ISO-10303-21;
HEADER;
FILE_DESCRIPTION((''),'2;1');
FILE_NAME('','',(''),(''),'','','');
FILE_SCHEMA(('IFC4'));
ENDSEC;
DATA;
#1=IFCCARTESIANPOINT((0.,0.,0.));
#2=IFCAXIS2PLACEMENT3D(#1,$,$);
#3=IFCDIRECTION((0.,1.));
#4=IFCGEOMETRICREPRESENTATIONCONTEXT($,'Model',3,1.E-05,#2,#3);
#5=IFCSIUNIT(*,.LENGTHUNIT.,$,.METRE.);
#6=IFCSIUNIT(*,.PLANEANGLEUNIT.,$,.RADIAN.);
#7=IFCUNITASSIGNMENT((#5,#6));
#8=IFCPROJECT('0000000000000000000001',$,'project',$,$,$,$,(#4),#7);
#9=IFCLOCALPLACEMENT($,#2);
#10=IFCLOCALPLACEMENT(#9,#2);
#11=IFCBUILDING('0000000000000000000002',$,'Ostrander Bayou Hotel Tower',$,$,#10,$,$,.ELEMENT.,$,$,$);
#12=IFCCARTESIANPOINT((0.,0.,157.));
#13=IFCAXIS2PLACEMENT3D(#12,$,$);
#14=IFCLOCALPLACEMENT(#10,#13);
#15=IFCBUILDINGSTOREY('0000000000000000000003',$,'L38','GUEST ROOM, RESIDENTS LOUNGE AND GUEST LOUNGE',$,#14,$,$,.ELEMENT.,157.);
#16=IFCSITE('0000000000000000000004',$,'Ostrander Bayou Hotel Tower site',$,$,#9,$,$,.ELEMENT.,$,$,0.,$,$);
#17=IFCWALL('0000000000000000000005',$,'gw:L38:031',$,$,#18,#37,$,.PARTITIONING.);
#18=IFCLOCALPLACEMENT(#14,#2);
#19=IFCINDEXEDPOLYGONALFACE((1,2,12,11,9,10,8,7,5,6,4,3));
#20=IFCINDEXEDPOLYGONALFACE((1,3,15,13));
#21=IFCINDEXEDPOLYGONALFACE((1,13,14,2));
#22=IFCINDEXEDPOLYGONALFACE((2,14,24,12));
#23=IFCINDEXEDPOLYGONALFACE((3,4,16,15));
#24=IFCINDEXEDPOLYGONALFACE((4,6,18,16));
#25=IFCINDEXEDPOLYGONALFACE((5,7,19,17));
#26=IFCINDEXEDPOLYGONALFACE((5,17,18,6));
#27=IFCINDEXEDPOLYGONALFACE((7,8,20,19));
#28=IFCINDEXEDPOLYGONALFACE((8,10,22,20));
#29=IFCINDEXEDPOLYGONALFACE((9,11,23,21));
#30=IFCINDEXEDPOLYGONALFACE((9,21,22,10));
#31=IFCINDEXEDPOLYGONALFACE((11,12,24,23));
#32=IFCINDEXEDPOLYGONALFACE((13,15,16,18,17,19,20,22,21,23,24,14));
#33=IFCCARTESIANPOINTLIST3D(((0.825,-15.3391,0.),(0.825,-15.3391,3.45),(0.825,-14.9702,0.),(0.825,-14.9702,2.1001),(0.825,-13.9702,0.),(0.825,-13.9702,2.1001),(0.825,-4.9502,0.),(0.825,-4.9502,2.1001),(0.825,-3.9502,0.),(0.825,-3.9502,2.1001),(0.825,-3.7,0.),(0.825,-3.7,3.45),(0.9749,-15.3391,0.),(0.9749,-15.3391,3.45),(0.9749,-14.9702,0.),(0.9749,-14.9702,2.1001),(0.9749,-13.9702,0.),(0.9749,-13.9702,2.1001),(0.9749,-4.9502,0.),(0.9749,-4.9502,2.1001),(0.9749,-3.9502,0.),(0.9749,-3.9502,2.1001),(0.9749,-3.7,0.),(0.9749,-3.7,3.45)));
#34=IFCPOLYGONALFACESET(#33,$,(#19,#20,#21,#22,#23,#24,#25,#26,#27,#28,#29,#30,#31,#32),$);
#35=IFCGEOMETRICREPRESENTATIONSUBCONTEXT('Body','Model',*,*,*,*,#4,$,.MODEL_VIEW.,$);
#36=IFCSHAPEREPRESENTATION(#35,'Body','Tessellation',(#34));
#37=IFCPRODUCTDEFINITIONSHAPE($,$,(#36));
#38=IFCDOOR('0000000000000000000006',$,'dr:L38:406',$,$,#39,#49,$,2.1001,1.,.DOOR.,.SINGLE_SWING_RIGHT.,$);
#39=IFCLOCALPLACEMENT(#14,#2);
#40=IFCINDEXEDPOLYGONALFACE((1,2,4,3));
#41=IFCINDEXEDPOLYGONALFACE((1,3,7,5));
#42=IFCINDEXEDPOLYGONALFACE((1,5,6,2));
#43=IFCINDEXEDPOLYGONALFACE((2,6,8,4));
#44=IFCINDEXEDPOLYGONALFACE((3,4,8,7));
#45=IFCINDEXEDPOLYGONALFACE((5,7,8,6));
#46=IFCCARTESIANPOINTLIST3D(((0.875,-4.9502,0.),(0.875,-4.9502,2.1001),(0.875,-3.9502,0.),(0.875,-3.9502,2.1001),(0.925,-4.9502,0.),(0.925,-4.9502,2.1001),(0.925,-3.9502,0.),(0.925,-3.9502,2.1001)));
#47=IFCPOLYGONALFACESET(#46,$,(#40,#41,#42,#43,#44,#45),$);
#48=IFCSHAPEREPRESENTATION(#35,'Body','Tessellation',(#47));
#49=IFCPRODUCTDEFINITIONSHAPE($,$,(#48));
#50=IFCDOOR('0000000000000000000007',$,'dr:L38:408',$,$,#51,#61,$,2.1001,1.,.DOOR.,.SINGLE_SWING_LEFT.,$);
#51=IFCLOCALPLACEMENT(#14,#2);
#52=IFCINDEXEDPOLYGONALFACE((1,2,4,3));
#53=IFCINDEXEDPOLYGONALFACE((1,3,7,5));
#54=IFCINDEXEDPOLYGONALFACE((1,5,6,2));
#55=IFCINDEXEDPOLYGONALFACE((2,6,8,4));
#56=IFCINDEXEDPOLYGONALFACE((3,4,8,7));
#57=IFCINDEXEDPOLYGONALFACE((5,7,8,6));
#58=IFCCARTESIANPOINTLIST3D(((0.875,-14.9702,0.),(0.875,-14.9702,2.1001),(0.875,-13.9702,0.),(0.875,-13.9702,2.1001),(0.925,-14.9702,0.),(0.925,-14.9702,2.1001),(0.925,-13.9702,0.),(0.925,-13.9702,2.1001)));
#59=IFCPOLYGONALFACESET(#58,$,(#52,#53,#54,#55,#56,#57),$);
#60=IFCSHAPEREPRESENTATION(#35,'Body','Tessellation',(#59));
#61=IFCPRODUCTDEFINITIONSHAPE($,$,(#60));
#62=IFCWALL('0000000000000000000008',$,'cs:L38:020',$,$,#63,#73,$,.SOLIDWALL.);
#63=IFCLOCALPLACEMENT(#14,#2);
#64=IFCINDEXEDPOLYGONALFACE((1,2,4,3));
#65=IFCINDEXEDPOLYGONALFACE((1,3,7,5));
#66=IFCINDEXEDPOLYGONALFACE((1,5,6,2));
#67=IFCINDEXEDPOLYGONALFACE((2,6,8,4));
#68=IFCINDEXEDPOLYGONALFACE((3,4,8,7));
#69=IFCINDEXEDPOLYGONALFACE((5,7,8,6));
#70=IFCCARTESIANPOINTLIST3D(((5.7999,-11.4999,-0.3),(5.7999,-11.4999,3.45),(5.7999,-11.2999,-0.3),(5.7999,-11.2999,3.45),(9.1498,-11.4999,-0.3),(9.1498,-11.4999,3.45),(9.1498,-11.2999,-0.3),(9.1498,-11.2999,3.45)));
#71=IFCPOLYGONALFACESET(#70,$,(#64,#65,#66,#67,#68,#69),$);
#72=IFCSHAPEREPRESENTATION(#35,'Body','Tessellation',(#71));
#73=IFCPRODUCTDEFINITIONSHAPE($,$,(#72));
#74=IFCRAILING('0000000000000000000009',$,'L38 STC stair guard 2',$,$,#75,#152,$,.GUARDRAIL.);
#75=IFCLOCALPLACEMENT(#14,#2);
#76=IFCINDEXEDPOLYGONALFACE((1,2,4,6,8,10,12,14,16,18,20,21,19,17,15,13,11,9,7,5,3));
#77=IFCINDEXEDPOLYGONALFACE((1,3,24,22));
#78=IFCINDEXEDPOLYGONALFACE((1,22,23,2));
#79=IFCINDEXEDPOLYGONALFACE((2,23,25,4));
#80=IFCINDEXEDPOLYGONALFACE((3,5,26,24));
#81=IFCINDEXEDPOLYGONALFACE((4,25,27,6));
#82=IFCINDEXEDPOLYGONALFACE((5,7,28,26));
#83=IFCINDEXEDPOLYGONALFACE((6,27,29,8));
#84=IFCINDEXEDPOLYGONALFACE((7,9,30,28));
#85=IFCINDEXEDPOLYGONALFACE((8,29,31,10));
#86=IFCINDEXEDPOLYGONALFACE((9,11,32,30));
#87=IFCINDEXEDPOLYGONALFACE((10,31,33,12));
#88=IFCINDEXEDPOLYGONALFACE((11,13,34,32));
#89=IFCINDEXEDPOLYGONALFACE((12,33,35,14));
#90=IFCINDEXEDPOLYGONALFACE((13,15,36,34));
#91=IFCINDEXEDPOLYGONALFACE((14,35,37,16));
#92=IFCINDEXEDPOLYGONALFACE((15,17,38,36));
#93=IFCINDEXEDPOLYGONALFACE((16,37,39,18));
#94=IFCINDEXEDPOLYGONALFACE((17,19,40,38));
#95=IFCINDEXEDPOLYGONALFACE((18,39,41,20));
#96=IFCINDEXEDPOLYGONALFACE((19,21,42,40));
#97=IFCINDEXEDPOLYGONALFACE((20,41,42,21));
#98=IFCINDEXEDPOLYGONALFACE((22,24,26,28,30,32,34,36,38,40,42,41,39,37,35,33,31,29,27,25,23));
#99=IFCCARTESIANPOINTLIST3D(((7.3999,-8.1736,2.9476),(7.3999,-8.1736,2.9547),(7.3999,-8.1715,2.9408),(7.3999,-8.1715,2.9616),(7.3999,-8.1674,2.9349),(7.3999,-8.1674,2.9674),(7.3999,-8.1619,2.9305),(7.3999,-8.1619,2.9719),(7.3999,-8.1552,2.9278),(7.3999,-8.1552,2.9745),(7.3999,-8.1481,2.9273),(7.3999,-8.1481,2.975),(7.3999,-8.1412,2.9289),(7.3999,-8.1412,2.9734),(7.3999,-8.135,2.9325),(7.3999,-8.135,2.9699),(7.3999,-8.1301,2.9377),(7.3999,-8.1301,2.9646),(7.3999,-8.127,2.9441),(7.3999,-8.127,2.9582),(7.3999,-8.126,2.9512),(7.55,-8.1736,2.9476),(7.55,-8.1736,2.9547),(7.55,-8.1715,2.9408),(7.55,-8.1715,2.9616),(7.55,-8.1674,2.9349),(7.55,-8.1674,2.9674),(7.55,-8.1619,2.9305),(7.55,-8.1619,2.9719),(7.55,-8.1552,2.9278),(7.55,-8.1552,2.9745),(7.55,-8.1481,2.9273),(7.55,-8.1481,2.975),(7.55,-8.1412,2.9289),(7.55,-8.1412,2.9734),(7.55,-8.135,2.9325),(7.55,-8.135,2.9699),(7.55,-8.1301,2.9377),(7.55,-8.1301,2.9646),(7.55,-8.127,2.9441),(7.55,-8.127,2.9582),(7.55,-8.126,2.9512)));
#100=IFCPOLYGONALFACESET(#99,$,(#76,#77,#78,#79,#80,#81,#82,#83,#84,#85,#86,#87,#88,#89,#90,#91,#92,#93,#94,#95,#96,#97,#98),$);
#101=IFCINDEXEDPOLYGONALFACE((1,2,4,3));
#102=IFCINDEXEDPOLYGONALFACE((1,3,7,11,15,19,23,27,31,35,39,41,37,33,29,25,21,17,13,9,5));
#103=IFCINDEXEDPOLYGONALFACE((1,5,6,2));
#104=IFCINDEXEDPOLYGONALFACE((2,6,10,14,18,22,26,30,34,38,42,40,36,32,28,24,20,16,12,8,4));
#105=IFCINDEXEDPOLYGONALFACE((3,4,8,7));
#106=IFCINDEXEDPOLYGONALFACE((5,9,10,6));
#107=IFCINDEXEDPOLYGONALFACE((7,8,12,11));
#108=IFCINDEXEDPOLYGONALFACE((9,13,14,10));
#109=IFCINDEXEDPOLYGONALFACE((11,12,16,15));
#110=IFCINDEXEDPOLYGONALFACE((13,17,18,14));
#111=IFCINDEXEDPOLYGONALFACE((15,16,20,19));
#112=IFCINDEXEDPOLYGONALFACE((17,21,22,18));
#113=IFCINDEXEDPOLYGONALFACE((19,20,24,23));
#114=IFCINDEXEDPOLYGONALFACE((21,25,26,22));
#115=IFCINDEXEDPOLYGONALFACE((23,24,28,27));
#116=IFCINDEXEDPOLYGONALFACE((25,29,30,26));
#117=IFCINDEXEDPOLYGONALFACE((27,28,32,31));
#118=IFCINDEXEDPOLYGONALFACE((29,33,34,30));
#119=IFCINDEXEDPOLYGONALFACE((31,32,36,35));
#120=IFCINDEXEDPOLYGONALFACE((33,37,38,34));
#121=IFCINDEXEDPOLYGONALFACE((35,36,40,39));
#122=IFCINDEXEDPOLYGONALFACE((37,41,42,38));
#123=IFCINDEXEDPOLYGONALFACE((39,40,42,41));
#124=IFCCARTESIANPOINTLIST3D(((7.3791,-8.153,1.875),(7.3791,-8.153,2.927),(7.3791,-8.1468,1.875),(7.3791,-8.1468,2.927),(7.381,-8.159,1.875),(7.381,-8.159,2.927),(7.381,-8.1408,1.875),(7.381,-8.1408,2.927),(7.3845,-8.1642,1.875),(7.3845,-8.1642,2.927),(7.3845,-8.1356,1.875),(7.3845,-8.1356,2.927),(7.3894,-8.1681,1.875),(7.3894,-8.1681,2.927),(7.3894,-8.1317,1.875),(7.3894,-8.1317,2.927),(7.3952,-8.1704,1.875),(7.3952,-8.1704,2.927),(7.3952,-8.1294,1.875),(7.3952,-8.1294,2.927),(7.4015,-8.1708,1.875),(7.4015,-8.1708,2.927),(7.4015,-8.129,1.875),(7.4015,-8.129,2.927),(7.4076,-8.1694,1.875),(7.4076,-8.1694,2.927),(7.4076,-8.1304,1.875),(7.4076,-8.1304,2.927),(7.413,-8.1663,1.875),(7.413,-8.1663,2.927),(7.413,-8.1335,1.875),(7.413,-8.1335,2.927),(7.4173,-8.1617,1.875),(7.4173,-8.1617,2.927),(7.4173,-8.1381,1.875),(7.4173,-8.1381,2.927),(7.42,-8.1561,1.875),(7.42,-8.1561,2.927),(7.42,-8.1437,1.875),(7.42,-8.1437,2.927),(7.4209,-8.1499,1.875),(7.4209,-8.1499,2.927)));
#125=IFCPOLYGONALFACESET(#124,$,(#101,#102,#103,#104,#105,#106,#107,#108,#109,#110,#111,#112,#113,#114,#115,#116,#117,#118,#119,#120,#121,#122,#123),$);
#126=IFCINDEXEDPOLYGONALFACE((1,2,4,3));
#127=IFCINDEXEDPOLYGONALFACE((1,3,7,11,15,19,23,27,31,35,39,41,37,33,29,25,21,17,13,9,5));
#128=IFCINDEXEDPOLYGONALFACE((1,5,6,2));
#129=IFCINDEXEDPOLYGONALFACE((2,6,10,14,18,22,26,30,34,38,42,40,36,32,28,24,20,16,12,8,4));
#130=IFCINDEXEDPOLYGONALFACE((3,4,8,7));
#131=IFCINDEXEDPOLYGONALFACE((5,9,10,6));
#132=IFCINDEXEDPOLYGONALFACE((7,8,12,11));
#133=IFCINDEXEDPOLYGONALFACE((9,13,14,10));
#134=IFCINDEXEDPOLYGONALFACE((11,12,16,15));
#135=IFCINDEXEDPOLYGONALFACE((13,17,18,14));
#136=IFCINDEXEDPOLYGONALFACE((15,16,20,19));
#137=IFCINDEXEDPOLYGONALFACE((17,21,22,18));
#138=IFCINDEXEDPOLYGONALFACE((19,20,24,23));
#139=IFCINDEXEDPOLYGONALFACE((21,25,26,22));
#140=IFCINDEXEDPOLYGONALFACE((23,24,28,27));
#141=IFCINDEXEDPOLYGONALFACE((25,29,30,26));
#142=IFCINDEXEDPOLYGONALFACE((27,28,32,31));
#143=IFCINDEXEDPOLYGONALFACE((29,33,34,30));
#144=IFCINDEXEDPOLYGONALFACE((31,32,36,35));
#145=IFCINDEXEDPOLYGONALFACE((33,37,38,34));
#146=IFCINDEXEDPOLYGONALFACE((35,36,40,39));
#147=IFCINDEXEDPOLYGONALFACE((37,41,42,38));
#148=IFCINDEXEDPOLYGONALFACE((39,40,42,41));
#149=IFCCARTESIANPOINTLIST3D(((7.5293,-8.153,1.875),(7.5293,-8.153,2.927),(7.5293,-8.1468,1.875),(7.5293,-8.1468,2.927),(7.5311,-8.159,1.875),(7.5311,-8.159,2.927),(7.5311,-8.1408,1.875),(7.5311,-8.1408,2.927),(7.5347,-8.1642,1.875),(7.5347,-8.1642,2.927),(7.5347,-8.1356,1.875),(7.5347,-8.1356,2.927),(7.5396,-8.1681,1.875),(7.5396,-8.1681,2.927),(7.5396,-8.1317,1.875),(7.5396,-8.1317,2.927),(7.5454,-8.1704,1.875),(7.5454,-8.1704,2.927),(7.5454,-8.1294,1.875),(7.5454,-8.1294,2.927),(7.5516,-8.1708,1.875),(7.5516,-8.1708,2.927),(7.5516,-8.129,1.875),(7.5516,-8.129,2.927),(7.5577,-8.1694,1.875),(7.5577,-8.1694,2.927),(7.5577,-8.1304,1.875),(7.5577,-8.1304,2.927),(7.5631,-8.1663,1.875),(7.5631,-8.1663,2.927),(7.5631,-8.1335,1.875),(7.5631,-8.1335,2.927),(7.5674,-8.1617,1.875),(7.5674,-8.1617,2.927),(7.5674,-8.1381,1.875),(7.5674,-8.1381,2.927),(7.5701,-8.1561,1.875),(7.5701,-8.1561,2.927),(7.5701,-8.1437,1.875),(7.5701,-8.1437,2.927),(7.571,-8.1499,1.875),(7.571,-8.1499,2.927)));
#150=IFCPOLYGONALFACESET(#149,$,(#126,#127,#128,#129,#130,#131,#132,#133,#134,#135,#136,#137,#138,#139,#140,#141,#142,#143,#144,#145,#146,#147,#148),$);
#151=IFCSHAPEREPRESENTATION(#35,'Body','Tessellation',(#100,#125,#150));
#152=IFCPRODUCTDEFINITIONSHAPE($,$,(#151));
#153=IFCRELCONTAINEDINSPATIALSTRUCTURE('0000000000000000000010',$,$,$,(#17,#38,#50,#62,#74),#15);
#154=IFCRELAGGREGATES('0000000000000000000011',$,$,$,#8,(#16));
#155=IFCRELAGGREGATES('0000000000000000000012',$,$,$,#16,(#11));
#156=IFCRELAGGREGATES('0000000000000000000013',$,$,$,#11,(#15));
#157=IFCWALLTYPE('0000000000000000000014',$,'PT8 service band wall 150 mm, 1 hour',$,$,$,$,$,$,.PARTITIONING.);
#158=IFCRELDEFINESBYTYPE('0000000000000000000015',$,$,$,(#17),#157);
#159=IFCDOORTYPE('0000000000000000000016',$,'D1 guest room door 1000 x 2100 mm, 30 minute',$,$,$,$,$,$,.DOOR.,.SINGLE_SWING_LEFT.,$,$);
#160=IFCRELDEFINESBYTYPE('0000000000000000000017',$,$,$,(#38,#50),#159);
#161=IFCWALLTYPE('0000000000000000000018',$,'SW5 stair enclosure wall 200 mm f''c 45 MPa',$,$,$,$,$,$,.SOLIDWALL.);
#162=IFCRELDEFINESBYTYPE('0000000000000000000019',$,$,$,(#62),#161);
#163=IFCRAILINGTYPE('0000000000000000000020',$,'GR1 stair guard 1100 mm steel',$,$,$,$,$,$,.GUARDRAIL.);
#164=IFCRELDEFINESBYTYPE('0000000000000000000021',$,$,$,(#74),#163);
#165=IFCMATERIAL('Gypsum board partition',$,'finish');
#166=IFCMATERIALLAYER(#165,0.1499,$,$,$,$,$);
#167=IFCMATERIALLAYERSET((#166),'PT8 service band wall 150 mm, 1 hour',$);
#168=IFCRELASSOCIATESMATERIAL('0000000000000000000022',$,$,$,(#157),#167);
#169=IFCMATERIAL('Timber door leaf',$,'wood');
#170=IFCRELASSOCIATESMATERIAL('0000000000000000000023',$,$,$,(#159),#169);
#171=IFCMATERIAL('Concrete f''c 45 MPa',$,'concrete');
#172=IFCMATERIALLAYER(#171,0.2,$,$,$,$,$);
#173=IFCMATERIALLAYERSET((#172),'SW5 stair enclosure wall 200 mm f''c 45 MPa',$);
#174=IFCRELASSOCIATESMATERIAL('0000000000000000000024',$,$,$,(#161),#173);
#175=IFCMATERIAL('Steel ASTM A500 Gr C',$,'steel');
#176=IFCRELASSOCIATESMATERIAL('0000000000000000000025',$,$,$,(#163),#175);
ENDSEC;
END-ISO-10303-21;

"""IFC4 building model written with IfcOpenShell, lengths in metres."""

from ifc_helpers import new_model, si_unit, direction, frame, frame_2d, origin, origin_2d, place, context, subcontext, project, spatial, rectangle, circle, extrude, material, layer, layer_set, type_object, element, fill, save


model = new_model("IFC4")

# Units and contexts
model_context = context("Model", 3, precision=1e-05, world=origin(), true_north=direction((0.0, 1.0)))
body_context = subcontext(model_context, "Body", "Model", "MODEL_VIEW")
ifc_project = project(units=[si_unit("LENGTHUNIT", "METRE"), si_unit("PLANEANGLEUNIT", "RADIAN")], contexts=[model_context])

# Site, building, storey
site_placement = place(None, origin())
site = spatial("IfcSite", under=ifc_project, at=site_placement, Name="Ostrander Bayou Hotel Tower site", CompositionType="ELEMENT", RefElevation=0.0)
building_placement = place(site_placement, origin())
building = spatial("IfcBuilding", under=site, at=building_placement, Name="Ostrander Bayou Hotel Tower", CompositionType="ELEMENT")
storey_placement = place(building_placement, frame((0.0, 0.0, 157.0)))
storey = spatial("IfcBuildingStorey", under=building, at=storey_placement, Name="L38", Description="GUEST ROOM, RESIDENTS LOUNGE AND GUEST LOUNGE", CompositionType="ELEMENT", Elevation=157.0)

# Shared definitions
ifc_material_1 = material(Name="Gypsum board partition", Category="finish")
ifc_layer_1 = layer(ifc_material_1, 0.1499)
ifc_layer_set_1 = layer_set([ifc_layer_1], Name="PT8 service band wall 150 mm, 1 hour")
wall_type_1 = type_object("IfcWallType", Name="PT8 service band wall 150 mm, 1 hour", PredefinedType="PARTITIONING", material=ifc_layer_set_1)

# Wall, openings, doors
wall_1_placement = place(storey_placement, frame((0.8999, -15.3391, 0.0), z_axis=(0.0, 0.0, 1.0), x_axis=(0.0, 1.0, 0.0)))
wall_1 = element("IfcWall", 1, at=wall_1_placement, inside=storey, type_object=wall_type_1, Name="gw:L38:031", PredefinedType="PARTITIONING", context=body_context, shape_type="SweptSolid", body=[
    extrude(rectangle(XDim=11.6392, YDim=0.1499, at=frame_2d((5.8196, 0.0))), origin(), (0.0, 0.0, 1.0), 3.45),
])
opening_1_placement = place(wall_1_placement, frame((10.3889, 0.0, 0.0)))
opening_1 = element("IfcOpeningElement", 2, at=opening_1_placement, cuts=wall_1, PredefinedType="OPENING", context=body_context, shape_type="SweptSolid", body=[
    extrude(rectangle(XDim=1.0, YDim=2.1001, at=frame_2d((0.5, 1.05))), frame((0.0, 0.075, 0.0), z_axis=(0.0, -1.0, 0.0), x_axis=(1.0, 0.0, 0.0)), (0.0, 0.0, 1.0), 0.1499),
])
opening_2_placement = place(wall_1_placement, frame((0.3689, 0.0, 0.0)))
opening_2 = element("IfcOpeningElement", 3, at=opening_2_placement, cuts=wall_1, PredefinedType="OPENING", context=body_context, shape_type="SweptSolid", body=[
    extrude(rectangle(XDim=1.0, YDim=2.1001, at=frame_2d((0.5, 1.05))), frame((0.0, 0.075, 0.0), z_axis=(0.0, -1.0, 0.0), x_axis=(1.0, 0.0, 0.0)), (0.0, 0.0, 1.0), 0.1499),
])
ifc_material_2 = material(Name="Timber door leaf", Category="wood")
door_type_1 = type_object("IfcDoorType", Name="D1 guest room door 1000 x 2100 mm, 30 minute", OperationType="SINGLE_SWING_LEFT", PredefinedType="DOOR", material=ifc_material_2)
door_1_placement = place(opening_1_placement, origin())
door_1 = element("IfcDoor", 4, at=door_1_placement, inside=storey, type_object=door_type_1, Name="dr:L38:406", OperationType="SINGLE_SWING_RIGHT", OverallHeight=2.1001, OverallWidth=1.0, PredefinedType="DOOR", context=body_context, shape_type="SweptSolid", body=[
    extrude(rectangle(XDim=1.0, YDim=2.1001, at=frame_2d((0.5, 1.05))), frame((0.0, 0.0249, 0.0), z_axis=(0.0, -1.0, 0.0), x_axis=(1.0, 0.0, 0.0)), (0.0, 0.0, 1.0), 0.05),
])
fill(opening_1, door_1)
door_2_placement = place(opening_2_placement, origin())
door_2 = element("IfcDoor", 5, at=door_2_placement, inside=storey, type_object=door_type_1, Name="dr:L38:408", OperationType="SINGLE_SWING_LEFT", OverallHeight=2.1001, OverallWidth=1.0, PredefinedType="DOOR", context=body_context, shape_type="SweptSolid", body=[
    extrude(rectangle(XDim=1.0, YDim=2.1001, at=frame_2d((0.5, 1.05))), frame((0.0, 0.0249, 0.0), z_axis=(0.0, -1.0, 0.0), x_axis=(1.0, 0.0, 0.0)), (0.0, 0.0, 1.0), 0.05),
])
fill(opening_2, door_2)

# Wall
ifc_material_3 = material(Name="Concrete f'c 45 MPa", Category="concrete")
ifc_layer_2 = layer(ifc_material_3, 0.2)
ifc_layer_set_2 = layer_set([ifc_layer_2], Name="SW5 stair enclosure wall 200 mm f'c 45 MPa")
wall_type_2 = type_object("IfcWallType", Name="SW5 stair enclosure wall 200 mm f'c 45 MPa", PredefinedType="SOLIDWALL", material=ifc_layer_set_2)
wall_2_placement = place(storey_placement, frame((5.8, -11.3999, -0.3), z_axis=(0.0, 0.0, 1.0), x_axis=(1.0, 0.0, 0.0)))
element("IfcWall", 6, at=wall_2_placement, inside=storey, type_object=wall_type_2, Name="cs:L38:020", PredefinedType="SOLIDWALL", context=body_context, shape_type="SweptSolid", body=[
    extrude(rectangle(XDim=3.3499, YDim=0.2, at=frame_2d((1.6748, 0.0))), origin(), (0.0, 0.0, 1.0), 3.75),
])

# Railing
ifc_material_4 = material(Name="Steel ASTM A500 Gr C", Category="steel")
railing_type = type_object("IfcRailingType", Name="GR1 stair guard 1100 mm steel", PredefinedType="GUARDRAIL", material=ifc_material_4)
railing_placement = place(storey_placement, frame((7.3999, -8.1499, 1.875)))
element("IfcRailing", 7, at=railing_placement, inside=storey, type_object=railing_type, Name="L38 STC stair guard 2", PredefinedType="GUARDRAIL", context=body_context, shape_type="SweptSolid", body=[
    extrude(circle(Radius=0.0239, at=origin_2d()), frame((0.0, 0.0, 1.0762), z_axis=(1.0, 0.0, 0.0), x_axis=(0.0, 1.0, 0.0)), (0.0, 0.0, 1.0), 0.1501),
    extrude(circle(Radius=0.021, at=origin_2d()), origin(), (0.0, 0.0, 1.0), 1.052),
    extrude(circle(Radius=0.021, at=origin_2d()), frame((0.1501, 0.0, 0.0)), (0.0, 0.0, 1.0), 1.052),
])

save(model, "model.ifc")
